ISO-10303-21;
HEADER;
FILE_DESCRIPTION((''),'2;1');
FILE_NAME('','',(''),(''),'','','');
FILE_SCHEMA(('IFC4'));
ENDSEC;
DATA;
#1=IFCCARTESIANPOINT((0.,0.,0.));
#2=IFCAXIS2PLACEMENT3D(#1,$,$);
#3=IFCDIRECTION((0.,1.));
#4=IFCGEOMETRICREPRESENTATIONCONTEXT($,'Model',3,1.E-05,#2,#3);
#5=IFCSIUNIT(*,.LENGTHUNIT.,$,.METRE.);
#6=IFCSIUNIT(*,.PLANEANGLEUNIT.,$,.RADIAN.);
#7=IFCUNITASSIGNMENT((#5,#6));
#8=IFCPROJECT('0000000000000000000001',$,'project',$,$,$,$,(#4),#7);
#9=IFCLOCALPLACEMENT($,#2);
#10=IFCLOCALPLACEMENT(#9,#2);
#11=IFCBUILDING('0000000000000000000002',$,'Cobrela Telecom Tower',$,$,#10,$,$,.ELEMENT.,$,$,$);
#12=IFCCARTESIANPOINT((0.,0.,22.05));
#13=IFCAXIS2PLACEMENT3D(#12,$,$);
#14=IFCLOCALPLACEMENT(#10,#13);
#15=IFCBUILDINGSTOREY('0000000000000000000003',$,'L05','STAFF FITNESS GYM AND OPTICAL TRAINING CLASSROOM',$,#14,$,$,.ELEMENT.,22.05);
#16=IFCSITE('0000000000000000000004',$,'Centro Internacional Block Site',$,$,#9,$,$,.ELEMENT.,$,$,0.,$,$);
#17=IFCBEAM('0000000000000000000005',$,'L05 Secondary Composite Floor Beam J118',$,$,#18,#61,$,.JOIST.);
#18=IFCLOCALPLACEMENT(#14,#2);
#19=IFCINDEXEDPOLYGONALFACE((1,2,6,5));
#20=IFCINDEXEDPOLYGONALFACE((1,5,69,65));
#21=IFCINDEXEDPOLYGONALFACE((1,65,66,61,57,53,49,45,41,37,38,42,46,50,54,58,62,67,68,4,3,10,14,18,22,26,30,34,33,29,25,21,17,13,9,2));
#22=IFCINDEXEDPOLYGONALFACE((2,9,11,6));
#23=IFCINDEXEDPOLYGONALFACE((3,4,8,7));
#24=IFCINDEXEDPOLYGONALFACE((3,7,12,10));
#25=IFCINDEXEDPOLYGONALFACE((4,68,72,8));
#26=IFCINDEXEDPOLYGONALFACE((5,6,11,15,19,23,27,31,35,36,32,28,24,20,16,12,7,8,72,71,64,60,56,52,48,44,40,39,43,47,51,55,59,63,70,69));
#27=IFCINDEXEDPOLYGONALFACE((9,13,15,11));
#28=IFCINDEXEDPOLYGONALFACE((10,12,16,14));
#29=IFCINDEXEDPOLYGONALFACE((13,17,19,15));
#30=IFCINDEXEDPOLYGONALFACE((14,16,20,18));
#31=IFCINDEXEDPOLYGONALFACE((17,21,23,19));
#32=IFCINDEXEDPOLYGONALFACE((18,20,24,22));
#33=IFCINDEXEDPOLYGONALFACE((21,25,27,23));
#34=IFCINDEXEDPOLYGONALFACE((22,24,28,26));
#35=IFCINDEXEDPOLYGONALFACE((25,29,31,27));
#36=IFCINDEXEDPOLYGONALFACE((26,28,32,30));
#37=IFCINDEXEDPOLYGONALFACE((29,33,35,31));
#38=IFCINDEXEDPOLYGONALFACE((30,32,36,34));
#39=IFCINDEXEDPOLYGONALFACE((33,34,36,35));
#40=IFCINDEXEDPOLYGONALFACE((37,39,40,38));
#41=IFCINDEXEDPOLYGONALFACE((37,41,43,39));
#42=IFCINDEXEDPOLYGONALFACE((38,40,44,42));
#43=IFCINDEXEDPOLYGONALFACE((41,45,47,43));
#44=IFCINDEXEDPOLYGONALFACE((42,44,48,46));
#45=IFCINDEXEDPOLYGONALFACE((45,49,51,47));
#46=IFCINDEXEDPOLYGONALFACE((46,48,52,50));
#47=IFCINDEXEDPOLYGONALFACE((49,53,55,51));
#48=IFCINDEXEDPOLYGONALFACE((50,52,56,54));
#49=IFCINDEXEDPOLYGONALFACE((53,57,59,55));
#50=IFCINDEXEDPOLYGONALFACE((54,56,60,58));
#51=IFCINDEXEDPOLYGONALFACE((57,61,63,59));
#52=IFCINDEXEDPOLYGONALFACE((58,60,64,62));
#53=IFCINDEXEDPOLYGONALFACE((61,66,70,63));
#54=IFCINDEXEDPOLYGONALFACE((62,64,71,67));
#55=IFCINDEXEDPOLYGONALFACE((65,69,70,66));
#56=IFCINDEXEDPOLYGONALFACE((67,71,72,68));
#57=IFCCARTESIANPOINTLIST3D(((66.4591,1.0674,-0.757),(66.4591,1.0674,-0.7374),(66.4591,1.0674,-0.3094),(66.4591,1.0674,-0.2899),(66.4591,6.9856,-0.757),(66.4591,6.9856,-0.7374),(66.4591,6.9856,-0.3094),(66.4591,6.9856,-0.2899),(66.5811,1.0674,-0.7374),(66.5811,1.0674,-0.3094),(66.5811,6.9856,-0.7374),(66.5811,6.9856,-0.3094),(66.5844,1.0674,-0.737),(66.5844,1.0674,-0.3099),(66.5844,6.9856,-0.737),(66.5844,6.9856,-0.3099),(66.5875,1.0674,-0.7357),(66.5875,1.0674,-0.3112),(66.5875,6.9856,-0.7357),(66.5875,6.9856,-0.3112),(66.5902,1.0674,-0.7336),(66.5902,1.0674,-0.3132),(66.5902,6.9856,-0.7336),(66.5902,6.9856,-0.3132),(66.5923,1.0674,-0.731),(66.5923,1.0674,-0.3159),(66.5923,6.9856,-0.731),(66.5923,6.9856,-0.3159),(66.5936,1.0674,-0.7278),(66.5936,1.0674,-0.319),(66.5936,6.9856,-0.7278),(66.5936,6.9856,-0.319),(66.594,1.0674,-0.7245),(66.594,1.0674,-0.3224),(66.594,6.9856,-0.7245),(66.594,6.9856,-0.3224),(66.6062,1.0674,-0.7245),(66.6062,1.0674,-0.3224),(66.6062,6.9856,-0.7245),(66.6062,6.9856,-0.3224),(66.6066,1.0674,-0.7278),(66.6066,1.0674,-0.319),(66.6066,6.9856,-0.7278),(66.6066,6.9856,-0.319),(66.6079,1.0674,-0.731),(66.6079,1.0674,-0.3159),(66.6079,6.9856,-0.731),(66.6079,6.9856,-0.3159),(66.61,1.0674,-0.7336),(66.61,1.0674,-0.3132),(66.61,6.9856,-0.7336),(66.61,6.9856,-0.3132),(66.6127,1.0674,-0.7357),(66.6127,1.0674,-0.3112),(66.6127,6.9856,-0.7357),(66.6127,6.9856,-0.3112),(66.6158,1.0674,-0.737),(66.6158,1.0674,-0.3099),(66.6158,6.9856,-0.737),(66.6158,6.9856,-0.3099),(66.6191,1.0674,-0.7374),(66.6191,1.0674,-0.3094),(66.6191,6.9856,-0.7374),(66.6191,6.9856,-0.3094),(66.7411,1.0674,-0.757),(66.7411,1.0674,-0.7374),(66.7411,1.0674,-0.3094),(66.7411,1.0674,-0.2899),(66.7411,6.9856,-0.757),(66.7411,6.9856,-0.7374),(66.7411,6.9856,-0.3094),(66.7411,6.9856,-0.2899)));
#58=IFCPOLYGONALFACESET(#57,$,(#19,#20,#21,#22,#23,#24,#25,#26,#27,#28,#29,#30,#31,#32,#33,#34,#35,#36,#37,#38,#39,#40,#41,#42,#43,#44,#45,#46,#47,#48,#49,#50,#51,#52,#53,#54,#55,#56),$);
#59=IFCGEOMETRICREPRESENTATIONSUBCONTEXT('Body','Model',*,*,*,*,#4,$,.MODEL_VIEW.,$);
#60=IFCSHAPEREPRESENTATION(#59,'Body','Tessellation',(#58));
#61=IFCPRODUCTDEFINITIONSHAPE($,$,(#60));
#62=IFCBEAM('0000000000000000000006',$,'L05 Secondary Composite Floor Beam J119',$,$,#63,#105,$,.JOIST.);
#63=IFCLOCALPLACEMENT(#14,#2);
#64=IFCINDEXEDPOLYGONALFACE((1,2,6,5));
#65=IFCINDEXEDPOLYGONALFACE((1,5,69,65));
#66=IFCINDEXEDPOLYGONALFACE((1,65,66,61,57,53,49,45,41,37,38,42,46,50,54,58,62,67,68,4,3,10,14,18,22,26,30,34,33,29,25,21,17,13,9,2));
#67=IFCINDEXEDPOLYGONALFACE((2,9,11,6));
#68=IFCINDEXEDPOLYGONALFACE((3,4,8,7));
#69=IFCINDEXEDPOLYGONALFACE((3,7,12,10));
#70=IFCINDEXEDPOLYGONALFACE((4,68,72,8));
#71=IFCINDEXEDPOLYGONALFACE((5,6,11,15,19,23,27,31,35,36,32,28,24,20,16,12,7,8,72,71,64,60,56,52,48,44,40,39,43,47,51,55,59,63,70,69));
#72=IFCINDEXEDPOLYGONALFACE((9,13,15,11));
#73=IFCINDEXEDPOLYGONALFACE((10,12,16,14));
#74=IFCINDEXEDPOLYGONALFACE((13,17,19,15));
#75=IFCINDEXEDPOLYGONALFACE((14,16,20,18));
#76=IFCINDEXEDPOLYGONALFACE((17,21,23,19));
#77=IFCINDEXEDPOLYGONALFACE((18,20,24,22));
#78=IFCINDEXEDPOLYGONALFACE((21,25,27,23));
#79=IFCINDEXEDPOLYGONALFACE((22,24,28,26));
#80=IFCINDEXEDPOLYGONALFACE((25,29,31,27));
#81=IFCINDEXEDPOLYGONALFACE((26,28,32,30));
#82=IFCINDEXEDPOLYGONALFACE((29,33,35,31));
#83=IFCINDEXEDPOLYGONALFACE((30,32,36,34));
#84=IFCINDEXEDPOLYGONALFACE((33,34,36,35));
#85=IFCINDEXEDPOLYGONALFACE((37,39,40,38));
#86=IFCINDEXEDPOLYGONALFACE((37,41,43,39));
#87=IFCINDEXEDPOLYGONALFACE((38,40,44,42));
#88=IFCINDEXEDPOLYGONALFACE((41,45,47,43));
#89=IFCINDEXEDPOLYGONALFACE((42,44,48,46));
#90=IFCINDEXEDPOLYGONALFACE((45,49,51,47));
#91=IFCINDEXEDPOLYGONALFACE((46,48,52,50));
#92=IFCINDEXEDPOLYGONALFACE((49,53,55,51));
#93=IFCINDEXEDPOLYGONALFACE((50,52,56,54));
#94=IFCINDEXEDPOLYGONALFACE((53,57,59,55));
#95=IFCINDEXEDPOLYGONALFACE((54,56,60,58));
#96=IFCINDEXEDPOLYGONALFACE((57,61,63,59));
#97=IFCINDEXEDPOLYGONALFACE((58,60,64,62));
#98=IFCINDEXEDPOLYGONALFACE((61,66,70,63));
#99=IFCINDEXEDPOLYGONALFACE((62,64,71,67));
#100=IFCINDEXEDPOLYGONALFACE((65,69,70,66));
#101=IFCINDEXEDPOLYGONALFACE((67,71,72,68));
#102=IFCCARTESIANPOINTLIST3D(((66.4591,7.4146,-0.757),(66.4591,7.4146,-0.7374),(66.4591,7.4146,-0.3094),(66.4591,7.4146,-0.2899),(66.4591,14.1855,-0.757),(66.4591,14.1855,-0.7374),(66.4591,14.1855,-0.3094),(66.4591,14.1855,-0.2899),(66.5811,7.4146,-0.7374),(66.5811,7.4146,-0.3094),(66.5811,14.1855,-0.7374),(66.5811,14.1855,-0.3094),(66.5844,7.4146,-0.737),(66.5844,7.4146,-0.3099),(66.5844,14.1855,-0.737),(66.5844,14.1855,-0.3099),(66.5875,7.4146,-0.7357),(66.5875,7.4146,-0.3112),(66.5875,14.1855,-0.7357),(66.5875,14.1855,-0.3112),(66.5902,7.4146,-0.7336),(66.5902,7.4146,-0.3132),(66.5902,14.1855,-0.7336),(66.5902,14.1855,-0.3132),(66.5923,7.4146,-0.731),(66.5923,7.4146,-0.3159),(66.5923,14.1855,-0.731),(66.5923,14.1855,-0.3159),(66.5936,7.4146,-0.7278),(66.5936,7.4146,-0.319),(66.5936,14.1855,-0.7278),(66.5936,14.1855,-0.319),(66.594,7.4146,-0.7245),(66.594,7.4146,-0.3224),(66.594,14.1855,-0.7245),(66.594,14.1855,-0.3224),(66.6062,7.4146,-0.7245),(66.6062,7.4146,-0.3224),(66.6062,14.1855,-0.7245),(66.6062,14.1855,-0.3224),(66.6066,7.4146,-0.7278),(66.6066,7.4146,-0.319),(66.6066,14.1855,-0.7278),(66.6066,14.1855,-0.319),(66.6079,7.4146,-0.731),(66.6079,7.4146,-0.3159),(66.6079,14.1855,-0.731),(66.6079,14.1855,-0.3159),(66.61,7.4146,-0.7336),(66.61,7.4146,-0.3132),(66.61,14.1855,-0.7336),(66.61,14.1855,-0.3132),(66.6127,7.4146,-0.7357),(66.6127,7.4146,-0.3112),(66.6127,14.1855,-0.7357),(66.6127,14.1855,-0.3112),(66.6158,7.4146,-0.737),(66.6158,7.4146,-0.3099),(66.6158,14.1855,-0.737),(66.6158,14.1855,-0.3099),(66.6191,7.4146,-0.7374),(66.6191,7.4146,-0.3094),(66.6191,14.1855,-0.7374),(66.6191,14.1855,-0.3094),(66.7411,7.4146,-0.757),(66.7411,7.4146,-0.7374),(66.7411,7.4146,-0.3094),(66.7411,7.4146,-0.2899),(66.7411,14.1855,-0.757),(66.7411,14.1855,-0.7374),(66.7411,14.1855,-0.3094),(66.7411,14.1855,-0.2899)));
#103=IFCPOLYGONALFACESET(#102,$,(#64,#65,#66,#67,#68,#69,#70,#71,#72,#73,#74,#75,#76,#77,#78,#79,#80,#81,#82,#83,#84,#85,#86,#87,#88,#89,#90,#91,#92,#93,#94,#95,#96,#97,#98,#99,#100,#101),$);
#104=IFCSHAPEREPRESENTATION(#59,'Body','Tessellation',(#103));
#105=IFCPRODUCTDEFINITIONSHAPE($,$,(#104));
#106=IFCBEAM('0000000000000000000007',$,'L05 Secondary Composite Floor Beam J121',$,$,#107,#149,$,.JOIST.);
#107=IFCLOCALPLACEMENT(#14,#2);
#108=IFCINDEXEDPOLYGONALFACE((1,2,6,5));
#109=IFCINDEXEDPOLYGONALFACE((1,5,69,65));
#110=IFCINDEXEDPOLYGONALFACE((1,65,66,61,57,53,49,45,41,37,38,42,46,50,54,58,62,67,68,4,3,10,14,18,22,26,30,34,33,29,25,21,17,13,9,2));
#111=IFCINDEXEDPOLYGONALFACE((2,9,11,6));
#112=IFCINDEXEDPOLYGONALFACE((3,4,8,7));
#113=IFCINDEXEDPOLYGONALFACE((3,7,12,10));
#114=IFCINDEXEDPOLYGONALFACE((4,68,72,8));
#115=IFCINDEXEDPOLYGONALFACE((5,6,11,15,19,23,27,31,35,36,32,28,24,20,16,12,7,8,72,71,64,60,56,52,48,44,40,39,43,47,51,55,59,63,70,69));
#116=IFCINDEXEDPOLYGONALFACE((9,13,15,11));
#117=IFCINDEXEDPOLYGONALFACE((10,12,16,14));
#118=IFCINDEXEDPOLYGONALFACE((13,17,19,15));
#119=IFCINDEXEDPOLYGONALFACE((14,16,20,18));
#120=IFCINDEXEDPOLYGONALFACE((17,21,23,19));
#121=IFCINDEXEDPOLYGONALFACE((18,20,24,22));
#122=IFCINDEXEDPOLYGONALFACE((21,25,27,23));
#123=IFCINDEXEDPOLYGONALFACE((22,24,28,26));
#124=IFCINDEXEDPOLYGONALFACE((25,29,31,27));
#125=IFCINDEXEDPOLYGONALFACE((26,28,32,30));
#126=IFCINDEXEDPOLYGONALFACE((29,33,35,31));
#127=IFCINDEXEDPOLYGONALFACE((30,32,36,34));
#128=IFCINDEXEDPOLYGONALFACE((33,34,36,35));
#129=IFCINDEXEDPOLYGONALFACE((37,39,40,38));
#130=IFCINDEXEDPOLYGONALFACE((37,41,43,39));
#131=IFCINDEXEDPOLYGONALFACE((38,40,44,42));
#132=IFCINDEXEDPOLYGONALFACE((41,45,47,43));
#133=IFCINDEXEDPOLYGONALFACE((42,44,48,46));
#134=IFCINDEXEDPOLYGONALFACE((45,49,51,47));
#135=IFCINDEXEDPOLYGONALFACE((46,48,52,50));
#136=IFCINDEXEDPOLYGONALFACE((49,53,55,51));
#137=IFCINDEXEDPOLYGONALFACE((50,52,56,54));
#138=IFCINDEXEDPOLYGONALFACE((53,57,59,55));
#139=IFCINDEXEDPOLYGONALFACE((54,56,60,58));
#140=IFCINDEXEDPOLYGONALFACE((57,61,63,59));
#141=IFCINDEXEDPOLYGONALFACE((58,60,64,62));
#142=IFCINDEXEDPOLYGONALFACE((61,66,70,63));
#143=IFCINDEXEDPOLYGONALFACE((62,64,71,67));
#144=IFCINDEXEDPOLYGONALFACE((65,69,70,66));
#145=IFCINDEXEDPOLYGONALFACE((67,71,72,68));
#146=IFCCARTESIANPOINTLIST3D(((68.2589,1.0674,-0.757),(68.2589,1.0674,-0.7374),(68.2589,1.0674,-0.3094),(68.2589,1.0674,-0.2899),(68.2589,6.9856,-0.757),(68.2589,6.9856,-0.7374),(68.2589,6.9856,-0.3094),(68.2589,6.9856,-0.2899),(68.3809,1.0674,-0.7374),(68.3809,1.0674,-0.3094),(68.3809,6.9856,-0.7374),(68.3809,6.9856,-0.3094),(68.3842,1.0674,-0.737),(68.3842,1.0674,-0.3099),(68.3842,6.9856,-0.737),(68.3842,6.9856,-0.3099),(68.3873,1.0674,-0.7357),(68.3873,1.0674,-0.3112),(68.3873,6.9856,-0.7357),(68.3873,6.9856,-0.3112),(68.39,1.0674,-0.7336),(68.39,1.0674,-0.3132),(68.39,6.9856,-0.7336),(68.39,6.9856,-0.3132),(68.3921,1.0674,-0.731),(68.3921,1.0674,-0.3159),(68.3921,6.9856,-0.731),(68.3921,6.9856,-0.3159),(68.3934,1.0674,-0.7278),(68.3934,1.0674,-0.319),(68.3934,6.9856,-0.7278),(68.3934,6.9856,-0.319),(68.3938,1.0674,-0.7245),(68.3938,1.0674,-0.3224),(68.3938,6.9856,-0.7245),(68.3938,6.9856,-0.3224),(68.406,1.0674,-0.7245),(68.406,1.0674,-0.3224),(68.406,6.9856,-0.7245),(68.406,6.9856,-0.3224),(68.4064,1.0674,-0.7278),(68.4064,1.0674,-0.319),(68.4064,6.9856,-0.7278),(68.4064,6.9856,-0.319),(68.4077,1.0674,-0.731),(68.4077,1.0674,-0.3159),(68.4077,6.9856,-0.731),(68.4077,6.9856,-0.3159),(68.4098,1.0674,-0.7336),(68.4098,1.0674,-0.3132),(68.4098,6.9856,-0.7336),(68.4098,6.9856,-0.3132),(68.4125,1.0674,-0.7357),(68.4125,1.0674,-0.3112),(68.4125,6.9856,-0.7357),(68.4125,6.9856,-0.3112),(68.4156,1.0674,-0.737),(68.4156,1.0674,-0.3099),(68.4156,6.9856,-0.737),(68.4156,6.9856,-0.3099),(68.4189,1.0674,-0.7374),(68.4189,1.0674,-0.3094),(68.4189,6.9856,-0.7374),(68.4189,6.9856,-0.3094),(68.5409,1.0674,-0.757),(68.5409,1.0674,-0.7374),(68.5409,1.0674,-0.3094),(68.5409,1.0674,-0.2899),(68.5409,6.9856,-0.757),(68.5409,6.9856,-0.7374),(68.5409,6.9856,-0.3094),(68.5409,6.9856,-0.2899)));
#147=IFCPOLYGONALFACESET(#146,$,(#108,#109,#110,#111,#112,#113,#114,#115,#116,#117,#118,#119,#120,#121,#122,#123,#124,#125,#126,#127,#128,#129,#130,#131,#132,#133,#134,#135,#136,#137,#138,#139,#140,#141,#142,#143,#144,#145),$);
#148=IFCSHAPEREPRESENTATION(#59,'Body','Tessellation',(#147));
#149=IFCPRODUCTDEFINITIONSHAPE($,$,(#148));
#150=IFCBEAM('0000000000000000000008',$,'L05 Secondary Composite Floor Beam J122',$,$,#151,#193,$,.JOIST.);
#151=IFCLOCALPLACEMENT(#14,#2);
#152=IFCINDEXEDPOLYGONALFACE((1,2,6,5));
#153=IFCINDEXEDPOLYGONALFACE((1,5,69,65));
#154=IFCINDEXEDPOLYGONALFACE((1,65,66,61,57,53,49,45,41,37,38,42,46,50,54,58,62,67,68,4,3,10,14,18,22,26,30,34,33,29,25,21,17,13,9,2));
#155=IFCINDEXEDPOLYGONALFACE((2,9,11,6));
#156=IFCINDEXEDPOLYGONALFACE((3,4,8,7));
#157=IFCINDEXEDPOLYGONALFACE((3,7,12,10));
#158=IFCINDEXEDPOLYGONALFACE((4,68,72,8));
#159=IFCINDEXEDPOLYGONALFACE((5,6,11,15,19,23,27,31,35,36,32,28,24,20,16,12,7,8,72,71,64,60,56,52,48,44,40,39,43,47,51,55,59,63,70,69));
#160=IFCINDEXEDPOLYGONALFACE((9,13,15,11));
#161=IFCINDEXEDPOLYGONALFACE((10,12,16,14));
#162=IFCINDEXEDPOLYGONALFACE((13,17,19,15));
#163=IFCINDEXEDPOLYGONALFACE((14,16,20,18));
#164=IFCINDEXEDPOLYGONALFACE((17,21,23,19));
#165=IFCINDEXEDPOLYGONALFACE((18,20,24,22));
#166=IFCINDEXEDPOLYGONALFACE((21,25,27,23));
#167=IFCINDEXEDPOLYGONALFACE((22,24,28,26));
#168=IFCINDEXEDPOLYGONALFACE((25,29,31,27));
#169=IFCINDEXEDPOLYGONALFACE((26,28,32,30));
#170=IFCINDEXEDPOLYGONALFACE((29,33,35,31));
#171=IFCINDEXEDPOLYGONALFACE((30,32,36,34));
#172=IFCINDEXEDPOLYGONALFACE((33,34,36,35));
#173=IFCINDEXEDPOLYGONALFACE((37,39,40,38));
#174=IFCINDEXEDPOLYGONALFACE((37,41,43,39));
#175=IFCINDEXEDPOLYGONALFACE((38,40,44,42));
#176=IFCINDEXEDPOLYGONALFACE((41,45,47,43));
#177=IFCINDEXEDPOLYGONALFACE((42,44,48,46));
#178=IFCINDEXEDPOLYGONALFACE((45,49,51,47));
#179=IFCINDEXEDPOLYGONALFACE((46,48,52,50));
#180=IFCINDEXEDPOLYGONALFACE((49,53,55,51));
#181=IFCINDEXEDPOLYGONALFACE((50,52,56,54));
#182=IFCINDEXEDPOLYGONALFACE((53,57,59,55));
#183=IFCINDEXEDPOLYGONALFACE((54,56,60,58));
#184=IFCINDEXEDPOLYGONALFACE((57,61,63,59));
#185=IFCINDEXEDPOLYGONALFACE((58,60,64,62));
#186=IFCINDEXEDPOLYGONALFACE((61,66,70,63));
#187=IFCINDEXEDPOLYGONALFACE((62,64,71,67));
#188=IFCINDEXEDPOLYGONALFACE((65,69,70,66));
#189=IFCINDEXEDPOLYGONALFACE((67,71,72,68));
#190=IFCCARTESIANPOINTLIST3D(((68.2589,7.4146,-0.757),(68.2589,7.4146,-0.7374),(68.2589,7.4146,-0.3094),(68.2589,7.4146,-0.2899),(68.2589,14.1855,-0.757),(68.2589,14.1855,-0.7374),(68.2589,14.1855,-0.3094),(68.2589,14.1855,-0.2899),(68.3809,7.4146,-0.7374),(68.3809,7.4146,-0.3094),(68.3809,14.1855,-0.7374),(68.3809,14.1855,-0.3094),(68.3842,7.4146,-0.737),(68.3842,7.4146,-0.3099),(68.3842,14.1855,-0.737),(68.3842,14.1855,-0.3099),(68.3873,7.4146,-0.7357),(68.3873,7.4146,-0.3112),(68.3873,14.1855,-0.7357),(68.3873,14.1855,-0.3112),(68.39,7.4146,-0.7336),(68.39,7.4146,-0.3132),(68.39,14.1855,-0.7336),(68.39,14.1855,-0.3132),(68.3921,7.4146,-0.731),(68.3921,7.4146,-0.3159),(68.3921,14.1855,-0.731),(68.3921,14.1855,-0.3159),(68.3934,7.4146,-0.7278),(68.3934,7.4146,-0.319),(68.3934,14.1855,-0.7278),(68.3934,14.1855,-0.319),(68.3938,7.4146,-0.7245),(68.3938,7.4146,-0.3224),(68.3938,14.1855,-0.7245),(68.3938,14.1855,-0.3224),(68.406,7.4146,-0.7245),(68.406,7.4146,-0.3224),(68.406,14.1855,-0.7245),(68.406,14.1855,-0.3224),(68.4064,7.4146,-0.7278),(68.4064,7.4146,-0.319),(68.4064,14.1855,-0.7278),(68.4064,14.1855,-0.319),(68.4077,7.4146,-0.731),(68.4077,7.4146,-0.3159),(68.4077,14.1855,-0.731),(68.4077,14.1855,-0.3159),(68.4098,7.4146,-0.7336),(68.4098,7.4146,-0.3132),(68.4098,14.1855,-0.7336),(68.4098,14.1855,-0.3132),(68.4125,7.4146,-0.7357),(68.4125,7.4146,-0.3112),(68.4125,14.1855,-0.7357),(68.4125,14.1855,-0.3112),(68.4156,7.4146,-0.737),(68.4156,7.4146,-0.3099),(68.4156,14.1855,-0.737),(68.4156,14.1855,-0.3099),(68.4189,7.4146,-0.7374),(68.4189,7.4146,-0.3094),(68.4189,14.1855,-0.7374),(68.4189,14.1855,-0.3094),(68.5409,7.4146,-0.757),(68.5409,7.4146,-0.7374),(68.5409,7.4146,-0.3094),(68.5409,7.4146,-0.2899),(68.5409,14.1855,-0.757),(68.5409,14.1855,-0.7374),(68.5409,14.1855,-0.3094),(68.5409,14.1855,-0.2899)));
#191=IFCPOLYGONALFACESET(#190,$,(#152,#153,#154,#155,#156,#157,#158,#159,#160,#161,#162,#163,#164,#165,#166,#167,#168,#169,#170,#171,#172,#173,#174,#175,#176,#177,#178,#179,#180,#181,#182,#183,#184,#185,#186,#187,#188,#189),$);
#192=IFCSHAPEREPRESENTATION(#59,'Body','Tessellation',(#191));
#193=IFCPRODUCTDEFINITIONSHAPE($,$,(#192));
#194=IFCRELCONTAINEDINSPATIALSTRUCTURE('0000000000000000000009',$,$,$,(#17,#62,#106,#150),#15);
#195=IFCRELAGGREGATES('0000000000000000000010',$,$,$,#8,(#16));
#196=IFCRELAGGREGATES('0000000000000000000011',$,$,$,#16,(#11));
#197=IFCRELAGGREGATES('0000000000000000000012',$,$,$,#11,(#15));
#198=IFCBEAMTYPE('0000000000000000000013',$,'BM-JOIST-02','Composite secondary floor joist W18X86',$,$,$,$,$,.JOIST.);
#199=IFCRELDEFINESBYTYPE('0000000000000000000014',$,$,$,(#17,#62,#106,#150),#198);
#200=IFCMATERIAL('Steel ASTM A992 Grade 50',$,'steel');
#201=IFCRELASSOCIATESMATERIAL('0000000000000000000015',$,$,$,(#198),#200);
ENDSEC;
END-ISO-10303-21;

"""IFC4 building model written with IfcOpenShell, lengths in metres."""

from ifc_helpers import new_model, si_unit, direction, frame, origin, origin_2d, place, context, subcontext, project, spatial, i_section, extrude, material, material_profile, profile_set, type_object, element, save


model = new_model("IFC4")

# Units and contexts
model_context = context("Model", 3, precision=1e-05, world=origin(), true_north=direction((0.0, 1.0)))
body_context = subcontext(model_context, "Body", "Model", "MODEL_VIEW")
ifc_project = project(units=[si_unit("LENGTHUNIT", "METRE"), si_unit("PLANEANGLEUNIT", "RADIAN")], contexts=[model_context])

# Site, building, storey
site_placement = place(None, origin())
site = spatial("IfcSite", under=ifc_project, at=site_placement, Name="Centro Internacional Block Site", CompositionType="ELEMENT", RefElevation=0.0)
building_placement = place(site_placement, origin())
building = spatial("IfcBuilding", under=site, at=building_placement, Name="Cobrela Telecom Tower", CompositionType="ELEMENT")
storey_placement = place(building_placement, frame((0.0, 0.0, 22.05)))
storey = spatial("IfcBuildingStorey", under=building, at=storey_placement, Name="L05", Description="STAFF FITNESS GYM AND OPTICAL TRAINING CLASSROOM", CompositionType="ELEMENT", Elevation=22.05)

# Beams
ifc_material_1 = material(Name="Steel ASTM A992 Grade 50", Category="steel")
ifc_material_profile_1 = material_profile(ifc_material_1, i_section(OverallWidth=0.282, OverallDepth=0.467, WebThickness=0.0122, FlangeThickness=0.0195, FilletRadius=0.0129, at=origin_2d()), Name="W18X86")
ifc_profile_set_1 = profile_set([ifc_material_profile_1], Name="Steel ASTM A992 Grade 50")
beam_type_1 = type_object("IfcBeamType", Name="BM-JOIST-02", Description="Composite secondary floor joist W18X86", PredefinedType="JOIST", material=ifc_profile_set_1)
beam_1_placement = place(storey_placement, frame((66.6001, 1.0674, -0.5234), z_axis=(0.0, 1.0, 0.0), x_axis=(-1.0, 0.0, 0.0)))
element("IfcBeam", 1, at=beam_1_placement, inside=storey, type_object=beam_type_1, Name="L05 Secondary Composite Floor Beam J118", PredefinedType="JOIST", context=body_context, shape_type="SweptSolid", body=[
    extrude(i_section(OverallWidth=0.282, OverallDepth=0.467, WebThickness=0.0122, FlangeThickness=0.0195, FilletRadius=0.0129, at=origin_2d()), origin(), (0.0, 0.0, 1.0), 5.9182),
])
beam_2_placement = place(storey_placement, frame((66.6001, 7.4146, -0.5234), z_axis=(0.0, 1.0, 0.0), x_axis=(-1.0, 0.0, 0.0)))
element("IfcBeam", 2, at=beam_2_placement, inside=storey, type_object=beam_type_1, Name="L05 Secondary Composite Floor Beam J119", PredefinedType="JOIST", context=body_context, shape_type="SweptSolid", body=[
    extrude(i_section(OverallWidth=0.282, OverallDepth=0.467, WebThickness=0.0122, FlangeThickness=0.0195, FilletRadius=0.0129, at=origin_2d()), origin(), (0.0, 0.0, 1.0), 6.771),
])
beam_3_placement = place(storey_placement, frame((68.3999, 1.0674, -0.5234), z_axis=(0.0, 1.0, 0.0), x_axis=(-1.0, 0.0, 0.0)))
element("IfcBeam", 3, at=beam_3_placement, inside=storey, type_object=beam_type_1, Name="L05 Secondary Composite Floor Beam J121", PredefinedType="JOIST", context=body_context, shape_type="SweptSolid", body=[
    extrude(i_section(OverallWidth=0.282, OverallDepth=0.467, WebThickness=0.0122, FlangeThickness=0.0195, FilletRadius=0.0129, at=origin_2d()), origin(), (0.0, 0.0, 1.0), 5.9182),
])
beam_4_placement = place(storey_placement, frame((68.3999, 7.4146, -0.5234), z_axis=(0.0, 1.0, 0.0), x_axis=(-1.0, 0.0, 0.0)))
element("IfcBeam", 4, at=beam_4_placement, inside=storey, type_object=beam_type_1, Name="L05 Secondary Composite Floor Beam J122", PredefinedType="JOIST", context=body_context, shape_type="SweptSolid", body=[
    extrude(i_section(OverallWidth=0.282, OverallDepth=0.467, WebThickness=0.0122, FlangeThickness=0.0195, FilletRadius=0.0129, at=origin_2d()), origin(), (0.0, 0.0, 1.0), 6.771),
])

save(model, "model.ifc")
